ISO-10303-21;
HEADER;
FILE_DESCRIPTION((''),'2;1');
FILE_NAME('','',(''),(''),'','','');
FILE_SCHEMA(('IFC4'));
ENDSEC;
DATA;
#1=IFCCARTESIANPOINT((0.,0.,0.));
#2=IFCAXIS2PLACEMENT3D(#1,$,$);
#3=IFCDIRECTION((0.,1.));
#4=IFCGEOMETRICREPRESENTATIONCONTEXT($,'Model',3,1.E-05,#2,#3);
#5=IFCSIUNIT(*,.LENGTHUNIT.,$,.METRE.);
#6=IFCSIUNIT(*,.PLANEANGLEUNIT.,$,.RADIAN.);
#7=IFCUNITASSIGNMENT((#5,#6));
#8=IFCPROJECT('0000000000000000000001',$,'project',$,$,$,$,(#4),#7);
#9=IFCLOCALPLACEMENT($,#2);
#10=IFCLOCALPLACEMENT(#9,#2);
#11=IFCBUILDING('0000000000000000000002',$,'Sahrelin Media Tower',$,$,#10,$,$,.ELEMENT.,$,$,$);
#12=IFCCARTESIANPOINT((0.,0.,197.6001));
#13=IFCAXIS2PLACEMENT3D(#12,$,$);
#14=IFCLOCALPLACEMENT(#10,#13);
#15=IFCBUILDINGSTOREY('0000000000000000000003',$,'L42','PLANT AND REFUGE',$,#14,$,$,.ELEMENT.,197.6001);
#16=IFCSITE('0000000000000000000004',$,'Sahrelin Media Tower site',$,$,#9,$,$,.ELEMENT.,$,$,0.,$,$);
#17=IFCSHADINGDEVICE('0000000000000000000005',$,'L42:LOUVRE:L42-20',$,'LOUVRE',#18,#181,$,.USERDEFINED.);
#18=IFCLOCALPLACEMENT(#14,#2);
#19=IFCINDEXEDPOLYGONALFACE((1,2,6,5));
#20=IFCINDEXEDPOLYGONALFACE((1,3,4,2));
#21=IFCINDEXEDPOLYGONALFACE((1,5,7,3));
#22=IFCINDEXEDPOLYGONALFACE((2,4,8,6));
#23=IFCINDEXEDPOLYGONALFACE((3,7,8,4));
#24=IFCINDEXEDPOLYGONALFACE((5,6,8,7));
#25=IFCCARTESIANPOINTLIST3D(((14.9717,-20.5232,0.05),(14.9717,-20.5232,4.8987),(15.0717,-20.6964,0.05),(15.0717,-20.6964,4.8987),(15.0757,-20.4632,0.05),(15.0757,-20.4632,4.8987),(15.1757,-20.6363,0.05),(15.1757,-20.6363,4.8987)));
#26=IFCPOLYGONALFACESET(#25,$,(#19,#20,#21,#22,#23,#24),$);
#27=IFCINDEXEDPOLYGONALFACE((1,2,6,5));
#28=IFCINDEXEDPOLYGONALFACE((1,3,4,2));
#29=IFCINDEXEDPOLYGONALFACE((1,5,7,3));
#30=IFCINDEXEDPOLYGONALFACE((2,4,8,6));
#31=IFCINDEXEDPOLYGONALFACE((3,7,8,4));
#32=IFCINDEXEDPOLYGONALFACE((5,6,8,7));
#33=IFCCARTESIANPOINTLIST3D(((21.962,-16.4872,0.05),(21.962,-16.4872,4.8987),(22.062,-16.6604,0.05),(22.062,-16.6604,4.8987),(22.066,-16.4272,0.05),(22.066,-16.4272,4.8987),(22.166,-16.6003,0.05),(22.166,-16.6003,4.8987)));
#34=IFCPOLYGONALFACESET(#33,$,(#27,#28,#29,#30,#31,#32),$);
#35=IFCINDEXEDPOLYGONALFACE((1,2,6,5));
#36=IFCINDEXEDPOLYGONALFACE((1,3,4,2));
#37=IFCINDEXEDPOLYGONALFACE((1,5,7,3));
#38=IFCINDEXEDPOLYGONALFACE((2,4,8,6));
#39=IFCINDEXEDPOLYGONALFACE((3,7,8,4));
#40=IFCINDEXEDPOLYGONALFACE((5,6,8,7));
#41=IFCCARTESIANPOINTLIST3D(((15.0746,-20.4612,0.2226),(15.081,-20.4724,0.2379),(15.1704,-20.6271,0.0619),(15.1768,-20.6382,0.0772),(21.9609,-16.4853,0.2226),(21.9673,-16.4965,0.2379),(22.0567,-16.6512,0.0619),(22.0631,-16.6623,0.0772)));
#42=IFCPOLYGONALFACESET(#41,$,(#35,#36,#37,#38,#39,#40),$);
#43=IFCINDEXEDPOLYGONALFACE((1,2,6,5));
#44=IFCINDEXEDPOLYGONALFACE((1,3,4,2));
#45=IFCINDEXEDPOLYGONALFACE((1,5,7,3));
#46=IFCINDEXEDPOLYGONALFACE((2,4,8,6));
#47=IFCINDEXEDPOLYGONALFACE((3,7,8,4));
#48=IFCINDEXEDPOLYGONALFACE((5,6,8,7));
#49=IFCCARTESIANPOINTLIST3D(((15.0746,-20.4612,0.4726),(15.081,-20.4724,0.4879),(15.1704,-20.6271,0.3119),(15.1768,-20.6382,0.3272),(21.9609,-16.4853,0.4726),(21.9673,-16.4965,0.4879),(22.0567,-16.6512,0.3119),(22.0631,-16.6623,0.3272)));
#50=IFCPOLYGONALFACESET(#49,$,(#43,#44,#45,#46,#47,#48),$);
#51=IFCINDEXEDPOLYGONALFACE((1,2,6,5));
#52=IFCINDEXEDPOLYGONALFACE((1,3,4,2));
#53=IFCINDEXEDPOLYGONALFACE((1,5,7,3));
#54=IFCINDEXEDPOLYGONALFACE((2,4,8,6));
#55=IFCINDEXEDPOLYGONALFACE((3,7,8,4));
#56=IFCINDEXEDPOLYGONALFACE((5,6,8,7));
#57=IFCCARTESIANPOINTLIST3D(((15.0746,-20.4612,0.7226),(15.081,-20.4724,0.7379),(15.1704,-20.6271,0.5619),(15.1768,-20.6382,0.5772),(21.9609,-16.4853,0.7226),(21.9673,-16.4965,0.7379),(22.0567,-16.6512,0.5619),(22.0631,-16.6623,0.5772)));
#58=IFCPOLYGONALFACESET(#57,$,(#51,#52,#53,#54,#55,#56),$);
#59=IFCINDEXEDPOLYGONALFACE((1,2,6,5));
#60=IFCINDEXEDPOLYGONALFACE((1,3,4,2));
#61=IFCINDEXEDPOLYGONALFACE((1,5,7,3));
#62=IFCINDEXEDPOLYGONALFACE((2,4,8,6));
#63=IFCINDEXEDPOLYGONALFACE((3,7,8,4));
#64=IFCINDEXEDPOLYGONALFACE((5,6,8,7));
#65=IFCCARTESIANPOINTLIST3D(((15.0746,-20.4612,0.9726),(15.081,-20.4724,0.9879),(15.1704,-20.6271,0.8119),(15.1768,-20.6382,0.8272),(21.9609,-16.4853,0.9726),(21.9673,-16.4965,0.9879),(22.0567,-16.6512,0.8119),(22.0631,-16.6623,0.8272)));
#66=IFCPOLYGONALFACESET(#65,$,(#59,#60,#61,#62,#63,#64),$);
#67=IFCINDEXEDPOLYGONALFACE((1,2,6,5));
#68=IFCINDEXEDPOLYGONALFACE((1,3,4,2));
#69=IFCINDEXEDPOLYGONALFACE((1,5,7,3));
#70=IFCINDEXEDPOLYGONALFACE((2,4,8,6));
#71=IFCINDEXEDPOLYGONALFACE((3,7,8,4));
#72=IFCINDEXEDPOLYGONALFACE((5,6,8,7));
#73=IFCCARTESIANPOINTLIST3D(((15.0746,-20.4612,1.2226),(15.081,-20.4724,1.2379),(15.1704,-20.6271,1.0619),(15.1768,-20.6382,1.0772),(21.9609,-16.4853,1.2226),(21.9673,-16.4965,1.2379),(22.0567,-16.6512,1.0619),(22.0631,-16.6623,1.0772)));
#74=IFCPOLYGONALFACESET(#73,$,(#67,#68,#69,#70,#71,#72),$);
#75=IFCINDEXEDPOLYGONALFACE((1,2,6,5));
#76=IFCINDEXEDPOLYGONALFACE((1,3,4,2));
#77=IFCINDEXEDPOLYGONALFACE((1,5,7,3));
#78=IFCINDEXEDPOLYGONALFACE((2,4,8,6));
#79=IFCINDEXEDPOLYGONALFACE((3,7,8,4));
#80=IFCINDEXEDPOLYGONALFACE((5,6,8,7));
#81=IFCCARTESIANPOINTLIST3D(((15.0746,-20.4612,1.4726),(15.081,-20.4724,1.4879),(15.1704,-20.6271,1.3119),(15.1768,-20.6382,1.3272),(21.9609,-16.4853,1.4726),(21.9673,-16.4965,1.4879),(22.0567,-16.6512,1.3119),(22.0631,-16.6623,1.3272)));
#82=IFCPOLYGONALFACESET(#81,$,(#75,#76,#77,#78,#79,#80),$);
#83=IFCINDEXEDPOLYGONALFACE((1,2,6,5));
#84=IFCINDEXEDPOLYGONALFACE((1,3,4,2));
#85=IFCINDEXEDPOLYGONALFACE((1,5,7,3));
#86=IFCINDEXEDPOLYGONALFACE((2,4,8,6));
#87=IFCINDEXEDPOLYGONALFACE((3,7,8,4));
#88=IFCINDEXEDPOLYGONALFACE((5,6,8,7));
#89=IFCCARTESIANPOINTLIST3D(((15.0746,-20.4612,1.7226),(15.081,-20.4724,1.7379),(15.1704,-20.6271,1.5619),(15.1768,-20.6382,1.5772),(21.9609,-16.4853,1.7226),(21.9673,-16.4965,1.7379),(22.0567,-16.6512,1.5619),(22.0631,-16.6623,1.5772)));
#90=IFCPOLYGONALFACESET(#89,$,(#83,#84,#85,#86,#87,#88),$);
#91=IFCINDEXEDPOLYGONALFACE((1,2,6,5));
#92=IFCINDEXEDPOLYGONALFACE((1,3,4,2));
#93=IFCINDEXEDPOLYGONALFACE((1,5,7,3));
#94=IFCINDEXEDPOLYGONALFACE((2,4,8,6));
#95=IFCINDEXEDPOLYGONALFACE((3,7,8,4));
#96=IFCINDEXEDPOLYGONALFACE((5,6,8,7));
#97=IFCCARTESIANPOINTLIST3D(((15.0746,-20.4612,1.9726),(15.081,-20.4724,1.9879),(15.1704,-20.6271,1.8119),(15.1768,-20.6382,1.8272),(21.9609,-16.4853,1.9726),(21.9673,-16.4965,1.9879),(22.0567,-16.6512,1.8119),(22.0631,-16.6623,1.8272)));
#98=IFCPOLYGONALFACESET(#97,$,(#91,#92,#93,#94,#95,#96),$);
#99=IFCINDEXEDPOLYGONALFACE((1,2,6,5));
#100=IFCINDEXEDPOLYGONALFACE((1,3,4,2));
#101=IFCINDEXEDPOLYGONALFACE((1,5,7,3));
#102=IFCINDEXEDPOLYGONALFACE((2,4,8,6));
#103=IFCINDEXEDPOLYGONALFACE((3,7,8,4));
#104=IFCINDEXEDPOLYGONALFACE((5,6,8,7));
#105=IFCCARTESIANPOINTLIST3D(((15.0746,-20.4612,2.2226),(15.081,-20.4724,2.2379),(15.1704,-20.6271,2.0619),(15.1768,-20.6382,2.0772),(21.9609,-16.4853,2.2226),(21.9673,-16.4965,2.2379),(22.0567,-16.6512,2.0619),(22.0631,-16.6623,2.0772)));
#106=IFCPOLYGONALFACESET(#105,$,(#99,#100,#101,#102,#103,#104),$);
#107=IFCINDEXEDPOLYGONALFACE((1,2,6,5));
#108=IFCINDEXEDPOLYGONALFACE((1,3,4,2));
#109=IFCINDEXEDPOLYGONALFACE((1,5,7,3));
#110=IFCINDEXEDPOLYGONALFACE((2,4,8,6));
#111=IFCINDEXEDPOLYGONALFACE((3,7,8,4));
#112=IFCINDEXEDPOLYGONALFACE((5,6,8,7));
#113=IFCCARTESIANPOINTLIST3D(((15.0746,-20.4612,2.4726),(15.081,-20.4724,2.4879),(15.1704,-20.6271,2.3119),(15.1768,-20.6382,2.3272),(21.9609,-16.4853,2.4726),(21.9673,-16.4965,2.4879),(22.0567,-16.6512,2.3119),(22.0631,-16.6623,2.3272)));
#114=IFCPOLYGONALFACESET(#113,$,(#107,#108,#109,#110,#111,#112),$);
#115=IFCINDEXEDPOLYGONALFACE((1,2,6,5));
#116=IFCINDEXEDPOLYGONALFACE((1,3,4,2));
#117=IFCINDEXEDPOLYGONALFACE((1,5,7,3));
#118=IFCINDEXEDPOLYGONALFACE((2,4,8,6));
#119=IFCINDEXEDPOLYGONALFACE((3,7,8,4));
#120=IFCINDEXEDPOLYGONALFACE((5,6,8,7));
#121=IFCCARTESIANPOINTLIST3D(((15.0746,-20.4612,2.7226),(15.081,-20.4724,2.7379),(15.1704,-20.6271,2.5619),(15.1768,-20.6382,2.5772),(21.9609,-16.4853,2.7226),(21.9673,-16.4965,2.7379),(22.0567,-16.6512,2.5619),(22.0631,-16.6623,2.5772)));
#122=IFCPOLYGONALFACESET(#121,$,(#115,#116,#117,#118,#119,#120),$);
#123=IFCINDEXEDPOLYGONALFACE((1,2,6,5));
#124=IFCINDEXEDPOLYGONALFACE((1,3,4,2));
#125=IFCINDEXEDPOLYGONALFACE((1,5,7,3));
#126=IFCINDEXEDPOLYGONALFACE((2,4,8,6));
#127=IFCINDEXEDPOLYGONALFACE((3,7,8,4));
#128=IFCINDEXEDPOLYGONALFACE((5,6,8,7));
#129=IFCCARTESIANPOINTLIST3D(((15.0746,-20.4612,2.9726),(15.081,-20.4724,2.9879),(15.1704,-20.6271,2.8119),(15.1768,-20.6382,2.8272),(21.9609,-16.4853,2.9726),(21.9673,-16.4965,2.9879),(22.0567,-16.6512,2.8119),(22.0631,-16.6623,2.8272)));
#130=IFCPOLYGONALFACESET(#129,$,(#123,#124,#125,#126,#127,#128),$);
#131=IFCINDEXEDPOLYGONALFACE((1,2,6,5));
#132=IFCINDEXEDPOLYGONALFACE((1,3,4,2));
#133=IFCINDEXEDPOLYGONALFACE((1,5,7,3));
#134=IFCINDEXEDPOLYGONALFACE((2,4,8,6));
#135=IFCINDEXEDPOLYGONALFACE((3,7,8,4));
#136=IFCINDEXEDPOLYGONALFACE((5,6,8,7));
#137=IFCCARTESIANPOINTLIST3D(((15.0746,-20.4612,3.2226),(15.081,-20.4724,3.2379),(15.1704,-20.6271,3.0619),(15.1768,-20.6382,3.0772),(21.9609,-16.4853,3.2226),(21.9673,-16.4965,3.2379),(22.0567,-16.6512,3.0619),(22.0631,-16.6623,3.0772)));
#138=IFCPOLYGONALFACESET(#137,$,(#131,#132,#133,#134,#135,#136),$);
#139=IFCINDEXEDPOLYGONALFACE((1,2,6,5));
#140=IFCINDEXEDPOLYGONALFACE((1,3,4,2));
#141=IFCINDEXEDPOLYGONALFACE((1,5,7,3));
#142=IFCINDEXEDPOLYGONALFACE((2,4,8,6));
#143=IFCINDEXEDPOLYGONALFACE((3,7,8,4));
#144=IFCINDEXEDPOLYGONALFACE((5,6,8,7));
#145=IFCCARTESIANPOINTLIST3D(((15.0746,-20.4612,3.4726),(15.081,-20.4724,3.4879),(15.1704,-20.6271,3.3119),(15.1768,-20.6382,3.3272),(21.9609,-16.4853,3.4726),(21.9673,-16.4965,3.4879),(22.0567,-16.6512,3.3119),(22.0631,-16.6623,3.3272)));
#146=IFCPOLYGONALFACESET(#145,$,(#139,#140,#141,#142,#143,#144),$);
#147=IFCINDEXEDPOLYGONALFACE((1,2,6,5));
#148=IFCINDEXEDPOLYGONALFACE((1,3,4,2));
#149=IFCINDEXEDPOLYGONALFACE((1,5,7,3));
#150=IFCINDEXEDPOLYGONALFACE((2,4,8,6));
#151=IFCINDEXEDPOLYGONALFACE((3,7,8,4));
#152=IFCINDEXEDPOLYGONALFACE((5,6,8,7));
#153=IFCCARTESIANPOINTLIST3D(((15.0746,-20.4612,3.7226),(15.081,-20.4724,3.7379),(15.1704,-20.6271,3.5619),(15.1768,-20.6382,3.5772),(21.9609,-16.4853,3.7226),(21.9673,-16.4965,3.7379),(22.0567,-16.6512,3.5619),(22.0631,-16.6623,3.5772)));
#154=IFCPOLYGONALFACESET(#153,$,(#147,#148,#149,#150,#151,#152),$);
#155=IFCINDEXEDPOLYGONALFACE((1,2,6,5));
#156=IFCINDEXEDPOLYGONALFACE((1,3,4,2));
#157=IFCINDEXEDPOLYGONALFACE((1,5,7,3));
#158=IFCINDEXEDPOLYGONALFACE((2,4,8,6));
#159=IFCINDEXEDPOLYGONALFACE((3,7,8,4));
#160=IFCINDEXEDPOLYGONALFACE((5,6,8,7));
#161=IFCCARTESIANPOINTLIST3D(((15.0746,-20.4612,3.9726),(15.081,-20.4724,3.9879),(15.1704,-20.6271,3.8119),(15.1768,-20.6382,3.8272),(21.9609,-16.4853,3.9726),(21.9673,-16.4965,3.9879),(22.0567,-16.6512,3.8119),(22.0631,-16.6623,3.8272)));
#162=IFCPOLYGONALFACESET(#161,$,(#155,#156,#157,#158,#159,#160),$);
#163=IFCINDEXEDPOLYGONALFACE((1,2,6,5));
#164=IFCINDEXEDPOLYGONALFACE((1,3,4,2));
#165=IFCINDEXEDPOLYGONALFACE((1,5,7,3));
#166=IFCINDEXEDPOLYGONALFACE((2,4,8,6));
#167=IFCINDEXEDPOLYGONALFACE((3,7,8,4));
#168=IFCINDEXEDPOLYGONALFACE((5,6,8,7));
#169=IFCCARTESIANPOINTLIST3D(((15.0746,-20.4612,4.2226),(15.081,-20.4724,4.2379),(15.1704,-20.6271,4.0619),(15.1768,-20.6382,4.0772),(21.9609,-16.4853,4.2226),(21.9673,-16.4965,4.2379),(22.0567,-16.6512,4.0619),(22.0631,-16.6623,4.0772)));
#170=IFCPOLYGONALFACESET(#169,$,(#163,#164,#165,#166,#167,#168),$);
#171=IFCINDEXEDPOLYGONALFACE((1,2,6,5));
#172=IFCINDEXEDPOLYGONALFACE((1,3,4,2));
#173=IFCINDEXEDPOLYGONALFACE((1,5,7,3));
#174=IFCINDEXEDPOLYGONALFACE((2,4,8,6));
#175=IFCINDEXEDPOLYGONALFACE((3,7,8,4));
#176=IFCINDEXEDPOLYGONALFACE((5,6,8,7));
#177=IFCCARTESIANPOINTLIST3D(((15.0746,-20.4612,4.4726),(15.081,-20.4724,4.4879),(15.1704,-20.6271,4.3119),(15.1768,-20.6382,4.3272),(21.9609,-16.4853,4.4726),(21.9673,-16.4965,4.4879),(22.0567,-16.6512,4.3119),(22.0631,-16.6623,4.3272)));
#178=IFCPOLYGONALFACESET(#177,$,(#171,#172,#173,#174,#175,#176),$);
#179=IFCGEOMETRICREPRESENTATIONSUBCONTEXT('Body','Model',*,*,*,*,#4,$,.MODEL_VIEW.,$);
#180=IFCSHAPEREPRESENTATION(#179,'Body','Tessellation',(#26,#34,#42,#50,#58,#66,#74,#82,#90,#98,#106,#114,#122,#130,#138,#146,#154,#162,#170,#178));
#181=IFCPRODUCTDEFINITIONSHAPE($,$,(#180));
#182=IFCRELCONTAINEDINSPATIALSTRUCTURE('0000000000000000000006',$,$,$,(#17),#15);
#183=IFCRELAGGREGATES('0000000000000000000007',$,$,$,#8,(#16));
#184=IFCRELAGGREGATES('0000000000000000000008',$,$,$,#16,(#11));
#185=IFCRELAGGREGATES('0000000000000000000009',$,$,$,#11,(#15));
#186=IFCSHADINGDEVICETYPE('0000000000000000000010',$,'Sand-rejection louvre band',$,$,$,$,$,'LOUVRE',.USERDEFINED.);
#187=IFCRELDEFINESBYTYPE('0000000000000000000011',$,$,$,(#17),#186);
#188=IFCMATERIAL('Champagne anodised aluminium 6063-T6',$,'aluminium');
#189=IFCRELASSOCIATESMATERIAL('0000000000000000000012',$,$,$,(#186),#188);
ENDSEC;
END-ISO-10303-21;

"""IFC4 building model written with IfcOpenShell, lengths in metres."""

from ifc_helpers import new_model, si_unit, direction, frame, origin, origin_2d, place, context, subcontext, project, spatial, rectangle, extrude, material, type_object, element, save


model = new_model("IFC4")

# Units and contexts
model_context = context("Model", 3, precision=1e-05, world=origin(), true_north=direction((0.0, 1.0)))
body_context = subcontext(model_context, "Body", "Model", "MODEL_VIEW")
ifc_project = project(units=[si_unit("LENGTHUNIT", "METRE"), si_unit("PLANEANGLEUNIT", "RADIAN")], contexts=[model_context])

# Site, building, storey
site_placement = place(None, origin())
site = spatial("IfcSite", under=ifc_project, at=site_placement, Name="Sahrelin Media Tower site", CompositionType="ELEMENT", RefElevation=0.0)
building_placement = place(site_placement, origin())
building = spatial("IfcBuilding", under=site, at=building_placement, Name="Sahrelin Media Tower", CompositionType="ELEMENT")
storey_placement = place(building_placement, frame((0.0, 0.0, 197.6001)))
storey = spatial("IfcBuildingStorey", under=building, at=storey_placement, Name="L42", Description="PLANT AND REFUGE", CompositionType="ELEMENT", Elevation=197.6001)

# Shading device
ifc_material_1 = material(Name="Champagne anodised aluminium 6063-T6", Category="aluminium")
shading_device_type = type_object("IfcShadingDeviceType", Name="Sand-rejection louvre band", ElementType="LOUVRE", PredefinedType="USERDEFINED", material=ifc_material_1)
shading_device_1_placement = place(storey_placement, frame((18.5188, -18.4751, 0.0), z_axis=(0.0, 0.0, 1.0), x_axis=(-0.866019, -0.500011, 0.0)))
element("IfcShadingDevice", 1, at=shading_device_1_placement, inside=storey, type_object=shading_device_type, Name="L42:LOUVRE:L42-20", ObjectType="LOUVRE", PredefinedType="USERDEFINED", context=body_context, shape_type="SweptSolid", body=[
    extrude(rectangle(XDim=0.1201, YDim=0.2, at=origin_2d()), frame((4.0359, 0.1001, 0.05), z_axis=(0.0, 0.0, 1.0), x_axis=(1.0, 0.0, 0.0)), (0.0, 0.0, 1.0), 4.8486),
    extrude(rectangle(XDim=0.1201, YDim=0.2, at=origin_2d()), frame((-4.0359, 0.1001, 0.05), z_axis=(0.0, 0.0, 1.0), x_axis=(1.0, 0.0, 0.0)), (0.0, 0.0, 1.0), 4.8486),
    extrude(rectangle(XDim=0.25, YDim=0.02, at=origin_2d()), frame((3.9758, 0.1001, 0.1499), z_axis=(-1.0, 0.0, 0.0), x_axis=(0.0, -0.766044, 0.642788)), (0.0, 0.0, 1.0), 7.9517),
    extrude(rectangle(XDim=0.25, YDim=0.02, at=origin_2d()), frame((3.9758, 0.1001, 0.3999), z_axis=(-1.0, 0.0, 0.0), x_axis=(0.0, -0.766044, 0.642788)), (0.0, 0.0, 1.0), 7.9517),
    extrude(rectangle(XDim=0.25, YDim=0.02, at=origin_2d()), frame((3.9758, 0.1001, 0.6499), z_axis=(-1.0, 0.0, 0.0), x_axis=(0.0, -0.766044, 0.642788)), (0.0, 0.0, 1.0), 7.9517),
    extrude(rectangle(XDim=0.25, YDim=0.02, at=origin_2d()), frame((3.9758, 0.1001, 0.8999), z_axis=(-1.0, 0.0, 0.0), x_axis=(0.0, -0.766044, 0.642788)), (0.0, 0.0, 1.0), 7.9517),
    extrude(rectangle(XDim=0.25, YDim=0.02, at=origin_2d()), frame((3.9758, 0.1001, 1.1499), z_axis=(-1.0, 0.0, 0.0), x_axis=(0.0, -0.766044, 0.642788)), (0.0, 0.0, 1.0), 7.9517),
    extrude(rectangle(XDim=0.25, YDim=0.02, at=origin_2d()), frame((3.9758, 0.1001, 1.3999), z_axis=(-1.0, 0.0, 0.0), x_axis=(0.0, -0.766044, 0.642788)), (0.0, 0.0, 1.0), 7.9517),
    extrude(rectangle(XDim=0.25, YDim=0.02, at=origin_2d()), frame((3.9758, 0.1001, 1.6499), z_axis=(-1.0, 0.0, 0.0), x_axis=(0.0, -0.766044, 0.642788)), (0.0, 0.0, 1.0), 7.9517),
    extrude(rectangle(XDim=0.25, YDim=0.02, at=origin_2d()), frame((3.9758, 0.1001, 1.8999), z_axis=(-1.0, 0.0, 0.0), x_axis=(0.0, -0.766044, 0.642788)), (0.0, 0.0, 1.0), 7.9517),
    extrude(rectangle(XDim=0.25, YDim=0.02, at=origin_2d()), frame((3.9758, 0.1001, 2.1499), z_axis=(-1.0, 0.0, 0.0), x_axis=(0.0, -0.766044, 0.642788)), (0.0, 0.0, 1.0), 7.9517),
    extrude(rectangle(XDim=0.25, YDim=0.02, at=origin_2d()), frame((3.9758, 0.1001, 2.3999), z_axis=(-1.0, 0.0, 0.0), x_axis=(0.0, -0.766044, 0.642788)), (0.0, 0.0, 1.0), 7.9517),
    extrude(rectangle(XDim=0.25, YDim=0.02, at=origin_2d()), frame((3.9758, 0.1001, 2.6499), z_axis=(-1.0, 0.0, 0.0), x_axis=(0.0, -0.766044, 0.642788)), (0.0, 0.0, 1.0), 7.9517),
    extrude(rectangle(XDim=0.25, YDim=0.02, at=origin_2d()), frame((3.9758, 0.1001, 2.8999), z_axis=(-1.0, 0.0, 0.0), x_axis=(0.0, -0.766044, 0.642788)), (0.0, 0.0, 1.0), 7.9517),
    extrude(rectangle(XDim=0.25, YDim=0.02, at=origin_2d()), frame((3.9758, 0.1001, 3.1499), z_axis=(-1.0, 0.0, 0.0), x_axis=(0.0, -0.766044, 0.642788)), (0.0, 0.0, 1.0), 7.9517),
    extrude(rectangle(XDim=0.25, YDim=0.02, at=origin_2d()), frame((3.9758, 0.1001, 3.3999), z_axis=(-1.0, 0.0, 0.0), x_axis=(0.0, -0.766044, 0.642788)), (0.0, 0.0, 1.0), 7.9517),
    extrude(rectangle(XDim=0.25, YDim=0.02, at=origin_2d()), frame((3.9758, 0.1001, 3.6499), z_axis=(-1.0, 0.0, 0.0), x_axis=(0.0, -0.766044, 0.642788)), (0.0, 0.0, 1.0), 7.9517),
    extrude(rectangle(XDim=0.25, YDim=0.02, at=origin_2d()), frame((3.9758, 0.1001, 3.8999), z_axis=(-1.0, 0.0, 0.0), x_axis=(0.0, -0.766044, 0.642788)), (0.0, 0.0, 1.0), 7.9517),
    extrude(rectangle(XDim=0.25, YDim=0.02, at=origin_2d()), frame((3.9758, 0.1001, 4.1499), z_axis=(-1.0, 0.0, 0.0), x_axis=(0.0, -0.766044, 0.642788)), (0.0, 0.0, 1.0), 7.9517),
    extrude(rectangle(XDim=0.25, YDim=0.02, at=origin_2d()), frame((3.9758, 0.1001, 4.3999), z_axis=(-1.0, 0.0, 0.0), x_axis=(0.0, -0.766044, 0.642788)), (0.0, 0.0, 1.0), 7.9517),
])

save(model, "model.ifc")
